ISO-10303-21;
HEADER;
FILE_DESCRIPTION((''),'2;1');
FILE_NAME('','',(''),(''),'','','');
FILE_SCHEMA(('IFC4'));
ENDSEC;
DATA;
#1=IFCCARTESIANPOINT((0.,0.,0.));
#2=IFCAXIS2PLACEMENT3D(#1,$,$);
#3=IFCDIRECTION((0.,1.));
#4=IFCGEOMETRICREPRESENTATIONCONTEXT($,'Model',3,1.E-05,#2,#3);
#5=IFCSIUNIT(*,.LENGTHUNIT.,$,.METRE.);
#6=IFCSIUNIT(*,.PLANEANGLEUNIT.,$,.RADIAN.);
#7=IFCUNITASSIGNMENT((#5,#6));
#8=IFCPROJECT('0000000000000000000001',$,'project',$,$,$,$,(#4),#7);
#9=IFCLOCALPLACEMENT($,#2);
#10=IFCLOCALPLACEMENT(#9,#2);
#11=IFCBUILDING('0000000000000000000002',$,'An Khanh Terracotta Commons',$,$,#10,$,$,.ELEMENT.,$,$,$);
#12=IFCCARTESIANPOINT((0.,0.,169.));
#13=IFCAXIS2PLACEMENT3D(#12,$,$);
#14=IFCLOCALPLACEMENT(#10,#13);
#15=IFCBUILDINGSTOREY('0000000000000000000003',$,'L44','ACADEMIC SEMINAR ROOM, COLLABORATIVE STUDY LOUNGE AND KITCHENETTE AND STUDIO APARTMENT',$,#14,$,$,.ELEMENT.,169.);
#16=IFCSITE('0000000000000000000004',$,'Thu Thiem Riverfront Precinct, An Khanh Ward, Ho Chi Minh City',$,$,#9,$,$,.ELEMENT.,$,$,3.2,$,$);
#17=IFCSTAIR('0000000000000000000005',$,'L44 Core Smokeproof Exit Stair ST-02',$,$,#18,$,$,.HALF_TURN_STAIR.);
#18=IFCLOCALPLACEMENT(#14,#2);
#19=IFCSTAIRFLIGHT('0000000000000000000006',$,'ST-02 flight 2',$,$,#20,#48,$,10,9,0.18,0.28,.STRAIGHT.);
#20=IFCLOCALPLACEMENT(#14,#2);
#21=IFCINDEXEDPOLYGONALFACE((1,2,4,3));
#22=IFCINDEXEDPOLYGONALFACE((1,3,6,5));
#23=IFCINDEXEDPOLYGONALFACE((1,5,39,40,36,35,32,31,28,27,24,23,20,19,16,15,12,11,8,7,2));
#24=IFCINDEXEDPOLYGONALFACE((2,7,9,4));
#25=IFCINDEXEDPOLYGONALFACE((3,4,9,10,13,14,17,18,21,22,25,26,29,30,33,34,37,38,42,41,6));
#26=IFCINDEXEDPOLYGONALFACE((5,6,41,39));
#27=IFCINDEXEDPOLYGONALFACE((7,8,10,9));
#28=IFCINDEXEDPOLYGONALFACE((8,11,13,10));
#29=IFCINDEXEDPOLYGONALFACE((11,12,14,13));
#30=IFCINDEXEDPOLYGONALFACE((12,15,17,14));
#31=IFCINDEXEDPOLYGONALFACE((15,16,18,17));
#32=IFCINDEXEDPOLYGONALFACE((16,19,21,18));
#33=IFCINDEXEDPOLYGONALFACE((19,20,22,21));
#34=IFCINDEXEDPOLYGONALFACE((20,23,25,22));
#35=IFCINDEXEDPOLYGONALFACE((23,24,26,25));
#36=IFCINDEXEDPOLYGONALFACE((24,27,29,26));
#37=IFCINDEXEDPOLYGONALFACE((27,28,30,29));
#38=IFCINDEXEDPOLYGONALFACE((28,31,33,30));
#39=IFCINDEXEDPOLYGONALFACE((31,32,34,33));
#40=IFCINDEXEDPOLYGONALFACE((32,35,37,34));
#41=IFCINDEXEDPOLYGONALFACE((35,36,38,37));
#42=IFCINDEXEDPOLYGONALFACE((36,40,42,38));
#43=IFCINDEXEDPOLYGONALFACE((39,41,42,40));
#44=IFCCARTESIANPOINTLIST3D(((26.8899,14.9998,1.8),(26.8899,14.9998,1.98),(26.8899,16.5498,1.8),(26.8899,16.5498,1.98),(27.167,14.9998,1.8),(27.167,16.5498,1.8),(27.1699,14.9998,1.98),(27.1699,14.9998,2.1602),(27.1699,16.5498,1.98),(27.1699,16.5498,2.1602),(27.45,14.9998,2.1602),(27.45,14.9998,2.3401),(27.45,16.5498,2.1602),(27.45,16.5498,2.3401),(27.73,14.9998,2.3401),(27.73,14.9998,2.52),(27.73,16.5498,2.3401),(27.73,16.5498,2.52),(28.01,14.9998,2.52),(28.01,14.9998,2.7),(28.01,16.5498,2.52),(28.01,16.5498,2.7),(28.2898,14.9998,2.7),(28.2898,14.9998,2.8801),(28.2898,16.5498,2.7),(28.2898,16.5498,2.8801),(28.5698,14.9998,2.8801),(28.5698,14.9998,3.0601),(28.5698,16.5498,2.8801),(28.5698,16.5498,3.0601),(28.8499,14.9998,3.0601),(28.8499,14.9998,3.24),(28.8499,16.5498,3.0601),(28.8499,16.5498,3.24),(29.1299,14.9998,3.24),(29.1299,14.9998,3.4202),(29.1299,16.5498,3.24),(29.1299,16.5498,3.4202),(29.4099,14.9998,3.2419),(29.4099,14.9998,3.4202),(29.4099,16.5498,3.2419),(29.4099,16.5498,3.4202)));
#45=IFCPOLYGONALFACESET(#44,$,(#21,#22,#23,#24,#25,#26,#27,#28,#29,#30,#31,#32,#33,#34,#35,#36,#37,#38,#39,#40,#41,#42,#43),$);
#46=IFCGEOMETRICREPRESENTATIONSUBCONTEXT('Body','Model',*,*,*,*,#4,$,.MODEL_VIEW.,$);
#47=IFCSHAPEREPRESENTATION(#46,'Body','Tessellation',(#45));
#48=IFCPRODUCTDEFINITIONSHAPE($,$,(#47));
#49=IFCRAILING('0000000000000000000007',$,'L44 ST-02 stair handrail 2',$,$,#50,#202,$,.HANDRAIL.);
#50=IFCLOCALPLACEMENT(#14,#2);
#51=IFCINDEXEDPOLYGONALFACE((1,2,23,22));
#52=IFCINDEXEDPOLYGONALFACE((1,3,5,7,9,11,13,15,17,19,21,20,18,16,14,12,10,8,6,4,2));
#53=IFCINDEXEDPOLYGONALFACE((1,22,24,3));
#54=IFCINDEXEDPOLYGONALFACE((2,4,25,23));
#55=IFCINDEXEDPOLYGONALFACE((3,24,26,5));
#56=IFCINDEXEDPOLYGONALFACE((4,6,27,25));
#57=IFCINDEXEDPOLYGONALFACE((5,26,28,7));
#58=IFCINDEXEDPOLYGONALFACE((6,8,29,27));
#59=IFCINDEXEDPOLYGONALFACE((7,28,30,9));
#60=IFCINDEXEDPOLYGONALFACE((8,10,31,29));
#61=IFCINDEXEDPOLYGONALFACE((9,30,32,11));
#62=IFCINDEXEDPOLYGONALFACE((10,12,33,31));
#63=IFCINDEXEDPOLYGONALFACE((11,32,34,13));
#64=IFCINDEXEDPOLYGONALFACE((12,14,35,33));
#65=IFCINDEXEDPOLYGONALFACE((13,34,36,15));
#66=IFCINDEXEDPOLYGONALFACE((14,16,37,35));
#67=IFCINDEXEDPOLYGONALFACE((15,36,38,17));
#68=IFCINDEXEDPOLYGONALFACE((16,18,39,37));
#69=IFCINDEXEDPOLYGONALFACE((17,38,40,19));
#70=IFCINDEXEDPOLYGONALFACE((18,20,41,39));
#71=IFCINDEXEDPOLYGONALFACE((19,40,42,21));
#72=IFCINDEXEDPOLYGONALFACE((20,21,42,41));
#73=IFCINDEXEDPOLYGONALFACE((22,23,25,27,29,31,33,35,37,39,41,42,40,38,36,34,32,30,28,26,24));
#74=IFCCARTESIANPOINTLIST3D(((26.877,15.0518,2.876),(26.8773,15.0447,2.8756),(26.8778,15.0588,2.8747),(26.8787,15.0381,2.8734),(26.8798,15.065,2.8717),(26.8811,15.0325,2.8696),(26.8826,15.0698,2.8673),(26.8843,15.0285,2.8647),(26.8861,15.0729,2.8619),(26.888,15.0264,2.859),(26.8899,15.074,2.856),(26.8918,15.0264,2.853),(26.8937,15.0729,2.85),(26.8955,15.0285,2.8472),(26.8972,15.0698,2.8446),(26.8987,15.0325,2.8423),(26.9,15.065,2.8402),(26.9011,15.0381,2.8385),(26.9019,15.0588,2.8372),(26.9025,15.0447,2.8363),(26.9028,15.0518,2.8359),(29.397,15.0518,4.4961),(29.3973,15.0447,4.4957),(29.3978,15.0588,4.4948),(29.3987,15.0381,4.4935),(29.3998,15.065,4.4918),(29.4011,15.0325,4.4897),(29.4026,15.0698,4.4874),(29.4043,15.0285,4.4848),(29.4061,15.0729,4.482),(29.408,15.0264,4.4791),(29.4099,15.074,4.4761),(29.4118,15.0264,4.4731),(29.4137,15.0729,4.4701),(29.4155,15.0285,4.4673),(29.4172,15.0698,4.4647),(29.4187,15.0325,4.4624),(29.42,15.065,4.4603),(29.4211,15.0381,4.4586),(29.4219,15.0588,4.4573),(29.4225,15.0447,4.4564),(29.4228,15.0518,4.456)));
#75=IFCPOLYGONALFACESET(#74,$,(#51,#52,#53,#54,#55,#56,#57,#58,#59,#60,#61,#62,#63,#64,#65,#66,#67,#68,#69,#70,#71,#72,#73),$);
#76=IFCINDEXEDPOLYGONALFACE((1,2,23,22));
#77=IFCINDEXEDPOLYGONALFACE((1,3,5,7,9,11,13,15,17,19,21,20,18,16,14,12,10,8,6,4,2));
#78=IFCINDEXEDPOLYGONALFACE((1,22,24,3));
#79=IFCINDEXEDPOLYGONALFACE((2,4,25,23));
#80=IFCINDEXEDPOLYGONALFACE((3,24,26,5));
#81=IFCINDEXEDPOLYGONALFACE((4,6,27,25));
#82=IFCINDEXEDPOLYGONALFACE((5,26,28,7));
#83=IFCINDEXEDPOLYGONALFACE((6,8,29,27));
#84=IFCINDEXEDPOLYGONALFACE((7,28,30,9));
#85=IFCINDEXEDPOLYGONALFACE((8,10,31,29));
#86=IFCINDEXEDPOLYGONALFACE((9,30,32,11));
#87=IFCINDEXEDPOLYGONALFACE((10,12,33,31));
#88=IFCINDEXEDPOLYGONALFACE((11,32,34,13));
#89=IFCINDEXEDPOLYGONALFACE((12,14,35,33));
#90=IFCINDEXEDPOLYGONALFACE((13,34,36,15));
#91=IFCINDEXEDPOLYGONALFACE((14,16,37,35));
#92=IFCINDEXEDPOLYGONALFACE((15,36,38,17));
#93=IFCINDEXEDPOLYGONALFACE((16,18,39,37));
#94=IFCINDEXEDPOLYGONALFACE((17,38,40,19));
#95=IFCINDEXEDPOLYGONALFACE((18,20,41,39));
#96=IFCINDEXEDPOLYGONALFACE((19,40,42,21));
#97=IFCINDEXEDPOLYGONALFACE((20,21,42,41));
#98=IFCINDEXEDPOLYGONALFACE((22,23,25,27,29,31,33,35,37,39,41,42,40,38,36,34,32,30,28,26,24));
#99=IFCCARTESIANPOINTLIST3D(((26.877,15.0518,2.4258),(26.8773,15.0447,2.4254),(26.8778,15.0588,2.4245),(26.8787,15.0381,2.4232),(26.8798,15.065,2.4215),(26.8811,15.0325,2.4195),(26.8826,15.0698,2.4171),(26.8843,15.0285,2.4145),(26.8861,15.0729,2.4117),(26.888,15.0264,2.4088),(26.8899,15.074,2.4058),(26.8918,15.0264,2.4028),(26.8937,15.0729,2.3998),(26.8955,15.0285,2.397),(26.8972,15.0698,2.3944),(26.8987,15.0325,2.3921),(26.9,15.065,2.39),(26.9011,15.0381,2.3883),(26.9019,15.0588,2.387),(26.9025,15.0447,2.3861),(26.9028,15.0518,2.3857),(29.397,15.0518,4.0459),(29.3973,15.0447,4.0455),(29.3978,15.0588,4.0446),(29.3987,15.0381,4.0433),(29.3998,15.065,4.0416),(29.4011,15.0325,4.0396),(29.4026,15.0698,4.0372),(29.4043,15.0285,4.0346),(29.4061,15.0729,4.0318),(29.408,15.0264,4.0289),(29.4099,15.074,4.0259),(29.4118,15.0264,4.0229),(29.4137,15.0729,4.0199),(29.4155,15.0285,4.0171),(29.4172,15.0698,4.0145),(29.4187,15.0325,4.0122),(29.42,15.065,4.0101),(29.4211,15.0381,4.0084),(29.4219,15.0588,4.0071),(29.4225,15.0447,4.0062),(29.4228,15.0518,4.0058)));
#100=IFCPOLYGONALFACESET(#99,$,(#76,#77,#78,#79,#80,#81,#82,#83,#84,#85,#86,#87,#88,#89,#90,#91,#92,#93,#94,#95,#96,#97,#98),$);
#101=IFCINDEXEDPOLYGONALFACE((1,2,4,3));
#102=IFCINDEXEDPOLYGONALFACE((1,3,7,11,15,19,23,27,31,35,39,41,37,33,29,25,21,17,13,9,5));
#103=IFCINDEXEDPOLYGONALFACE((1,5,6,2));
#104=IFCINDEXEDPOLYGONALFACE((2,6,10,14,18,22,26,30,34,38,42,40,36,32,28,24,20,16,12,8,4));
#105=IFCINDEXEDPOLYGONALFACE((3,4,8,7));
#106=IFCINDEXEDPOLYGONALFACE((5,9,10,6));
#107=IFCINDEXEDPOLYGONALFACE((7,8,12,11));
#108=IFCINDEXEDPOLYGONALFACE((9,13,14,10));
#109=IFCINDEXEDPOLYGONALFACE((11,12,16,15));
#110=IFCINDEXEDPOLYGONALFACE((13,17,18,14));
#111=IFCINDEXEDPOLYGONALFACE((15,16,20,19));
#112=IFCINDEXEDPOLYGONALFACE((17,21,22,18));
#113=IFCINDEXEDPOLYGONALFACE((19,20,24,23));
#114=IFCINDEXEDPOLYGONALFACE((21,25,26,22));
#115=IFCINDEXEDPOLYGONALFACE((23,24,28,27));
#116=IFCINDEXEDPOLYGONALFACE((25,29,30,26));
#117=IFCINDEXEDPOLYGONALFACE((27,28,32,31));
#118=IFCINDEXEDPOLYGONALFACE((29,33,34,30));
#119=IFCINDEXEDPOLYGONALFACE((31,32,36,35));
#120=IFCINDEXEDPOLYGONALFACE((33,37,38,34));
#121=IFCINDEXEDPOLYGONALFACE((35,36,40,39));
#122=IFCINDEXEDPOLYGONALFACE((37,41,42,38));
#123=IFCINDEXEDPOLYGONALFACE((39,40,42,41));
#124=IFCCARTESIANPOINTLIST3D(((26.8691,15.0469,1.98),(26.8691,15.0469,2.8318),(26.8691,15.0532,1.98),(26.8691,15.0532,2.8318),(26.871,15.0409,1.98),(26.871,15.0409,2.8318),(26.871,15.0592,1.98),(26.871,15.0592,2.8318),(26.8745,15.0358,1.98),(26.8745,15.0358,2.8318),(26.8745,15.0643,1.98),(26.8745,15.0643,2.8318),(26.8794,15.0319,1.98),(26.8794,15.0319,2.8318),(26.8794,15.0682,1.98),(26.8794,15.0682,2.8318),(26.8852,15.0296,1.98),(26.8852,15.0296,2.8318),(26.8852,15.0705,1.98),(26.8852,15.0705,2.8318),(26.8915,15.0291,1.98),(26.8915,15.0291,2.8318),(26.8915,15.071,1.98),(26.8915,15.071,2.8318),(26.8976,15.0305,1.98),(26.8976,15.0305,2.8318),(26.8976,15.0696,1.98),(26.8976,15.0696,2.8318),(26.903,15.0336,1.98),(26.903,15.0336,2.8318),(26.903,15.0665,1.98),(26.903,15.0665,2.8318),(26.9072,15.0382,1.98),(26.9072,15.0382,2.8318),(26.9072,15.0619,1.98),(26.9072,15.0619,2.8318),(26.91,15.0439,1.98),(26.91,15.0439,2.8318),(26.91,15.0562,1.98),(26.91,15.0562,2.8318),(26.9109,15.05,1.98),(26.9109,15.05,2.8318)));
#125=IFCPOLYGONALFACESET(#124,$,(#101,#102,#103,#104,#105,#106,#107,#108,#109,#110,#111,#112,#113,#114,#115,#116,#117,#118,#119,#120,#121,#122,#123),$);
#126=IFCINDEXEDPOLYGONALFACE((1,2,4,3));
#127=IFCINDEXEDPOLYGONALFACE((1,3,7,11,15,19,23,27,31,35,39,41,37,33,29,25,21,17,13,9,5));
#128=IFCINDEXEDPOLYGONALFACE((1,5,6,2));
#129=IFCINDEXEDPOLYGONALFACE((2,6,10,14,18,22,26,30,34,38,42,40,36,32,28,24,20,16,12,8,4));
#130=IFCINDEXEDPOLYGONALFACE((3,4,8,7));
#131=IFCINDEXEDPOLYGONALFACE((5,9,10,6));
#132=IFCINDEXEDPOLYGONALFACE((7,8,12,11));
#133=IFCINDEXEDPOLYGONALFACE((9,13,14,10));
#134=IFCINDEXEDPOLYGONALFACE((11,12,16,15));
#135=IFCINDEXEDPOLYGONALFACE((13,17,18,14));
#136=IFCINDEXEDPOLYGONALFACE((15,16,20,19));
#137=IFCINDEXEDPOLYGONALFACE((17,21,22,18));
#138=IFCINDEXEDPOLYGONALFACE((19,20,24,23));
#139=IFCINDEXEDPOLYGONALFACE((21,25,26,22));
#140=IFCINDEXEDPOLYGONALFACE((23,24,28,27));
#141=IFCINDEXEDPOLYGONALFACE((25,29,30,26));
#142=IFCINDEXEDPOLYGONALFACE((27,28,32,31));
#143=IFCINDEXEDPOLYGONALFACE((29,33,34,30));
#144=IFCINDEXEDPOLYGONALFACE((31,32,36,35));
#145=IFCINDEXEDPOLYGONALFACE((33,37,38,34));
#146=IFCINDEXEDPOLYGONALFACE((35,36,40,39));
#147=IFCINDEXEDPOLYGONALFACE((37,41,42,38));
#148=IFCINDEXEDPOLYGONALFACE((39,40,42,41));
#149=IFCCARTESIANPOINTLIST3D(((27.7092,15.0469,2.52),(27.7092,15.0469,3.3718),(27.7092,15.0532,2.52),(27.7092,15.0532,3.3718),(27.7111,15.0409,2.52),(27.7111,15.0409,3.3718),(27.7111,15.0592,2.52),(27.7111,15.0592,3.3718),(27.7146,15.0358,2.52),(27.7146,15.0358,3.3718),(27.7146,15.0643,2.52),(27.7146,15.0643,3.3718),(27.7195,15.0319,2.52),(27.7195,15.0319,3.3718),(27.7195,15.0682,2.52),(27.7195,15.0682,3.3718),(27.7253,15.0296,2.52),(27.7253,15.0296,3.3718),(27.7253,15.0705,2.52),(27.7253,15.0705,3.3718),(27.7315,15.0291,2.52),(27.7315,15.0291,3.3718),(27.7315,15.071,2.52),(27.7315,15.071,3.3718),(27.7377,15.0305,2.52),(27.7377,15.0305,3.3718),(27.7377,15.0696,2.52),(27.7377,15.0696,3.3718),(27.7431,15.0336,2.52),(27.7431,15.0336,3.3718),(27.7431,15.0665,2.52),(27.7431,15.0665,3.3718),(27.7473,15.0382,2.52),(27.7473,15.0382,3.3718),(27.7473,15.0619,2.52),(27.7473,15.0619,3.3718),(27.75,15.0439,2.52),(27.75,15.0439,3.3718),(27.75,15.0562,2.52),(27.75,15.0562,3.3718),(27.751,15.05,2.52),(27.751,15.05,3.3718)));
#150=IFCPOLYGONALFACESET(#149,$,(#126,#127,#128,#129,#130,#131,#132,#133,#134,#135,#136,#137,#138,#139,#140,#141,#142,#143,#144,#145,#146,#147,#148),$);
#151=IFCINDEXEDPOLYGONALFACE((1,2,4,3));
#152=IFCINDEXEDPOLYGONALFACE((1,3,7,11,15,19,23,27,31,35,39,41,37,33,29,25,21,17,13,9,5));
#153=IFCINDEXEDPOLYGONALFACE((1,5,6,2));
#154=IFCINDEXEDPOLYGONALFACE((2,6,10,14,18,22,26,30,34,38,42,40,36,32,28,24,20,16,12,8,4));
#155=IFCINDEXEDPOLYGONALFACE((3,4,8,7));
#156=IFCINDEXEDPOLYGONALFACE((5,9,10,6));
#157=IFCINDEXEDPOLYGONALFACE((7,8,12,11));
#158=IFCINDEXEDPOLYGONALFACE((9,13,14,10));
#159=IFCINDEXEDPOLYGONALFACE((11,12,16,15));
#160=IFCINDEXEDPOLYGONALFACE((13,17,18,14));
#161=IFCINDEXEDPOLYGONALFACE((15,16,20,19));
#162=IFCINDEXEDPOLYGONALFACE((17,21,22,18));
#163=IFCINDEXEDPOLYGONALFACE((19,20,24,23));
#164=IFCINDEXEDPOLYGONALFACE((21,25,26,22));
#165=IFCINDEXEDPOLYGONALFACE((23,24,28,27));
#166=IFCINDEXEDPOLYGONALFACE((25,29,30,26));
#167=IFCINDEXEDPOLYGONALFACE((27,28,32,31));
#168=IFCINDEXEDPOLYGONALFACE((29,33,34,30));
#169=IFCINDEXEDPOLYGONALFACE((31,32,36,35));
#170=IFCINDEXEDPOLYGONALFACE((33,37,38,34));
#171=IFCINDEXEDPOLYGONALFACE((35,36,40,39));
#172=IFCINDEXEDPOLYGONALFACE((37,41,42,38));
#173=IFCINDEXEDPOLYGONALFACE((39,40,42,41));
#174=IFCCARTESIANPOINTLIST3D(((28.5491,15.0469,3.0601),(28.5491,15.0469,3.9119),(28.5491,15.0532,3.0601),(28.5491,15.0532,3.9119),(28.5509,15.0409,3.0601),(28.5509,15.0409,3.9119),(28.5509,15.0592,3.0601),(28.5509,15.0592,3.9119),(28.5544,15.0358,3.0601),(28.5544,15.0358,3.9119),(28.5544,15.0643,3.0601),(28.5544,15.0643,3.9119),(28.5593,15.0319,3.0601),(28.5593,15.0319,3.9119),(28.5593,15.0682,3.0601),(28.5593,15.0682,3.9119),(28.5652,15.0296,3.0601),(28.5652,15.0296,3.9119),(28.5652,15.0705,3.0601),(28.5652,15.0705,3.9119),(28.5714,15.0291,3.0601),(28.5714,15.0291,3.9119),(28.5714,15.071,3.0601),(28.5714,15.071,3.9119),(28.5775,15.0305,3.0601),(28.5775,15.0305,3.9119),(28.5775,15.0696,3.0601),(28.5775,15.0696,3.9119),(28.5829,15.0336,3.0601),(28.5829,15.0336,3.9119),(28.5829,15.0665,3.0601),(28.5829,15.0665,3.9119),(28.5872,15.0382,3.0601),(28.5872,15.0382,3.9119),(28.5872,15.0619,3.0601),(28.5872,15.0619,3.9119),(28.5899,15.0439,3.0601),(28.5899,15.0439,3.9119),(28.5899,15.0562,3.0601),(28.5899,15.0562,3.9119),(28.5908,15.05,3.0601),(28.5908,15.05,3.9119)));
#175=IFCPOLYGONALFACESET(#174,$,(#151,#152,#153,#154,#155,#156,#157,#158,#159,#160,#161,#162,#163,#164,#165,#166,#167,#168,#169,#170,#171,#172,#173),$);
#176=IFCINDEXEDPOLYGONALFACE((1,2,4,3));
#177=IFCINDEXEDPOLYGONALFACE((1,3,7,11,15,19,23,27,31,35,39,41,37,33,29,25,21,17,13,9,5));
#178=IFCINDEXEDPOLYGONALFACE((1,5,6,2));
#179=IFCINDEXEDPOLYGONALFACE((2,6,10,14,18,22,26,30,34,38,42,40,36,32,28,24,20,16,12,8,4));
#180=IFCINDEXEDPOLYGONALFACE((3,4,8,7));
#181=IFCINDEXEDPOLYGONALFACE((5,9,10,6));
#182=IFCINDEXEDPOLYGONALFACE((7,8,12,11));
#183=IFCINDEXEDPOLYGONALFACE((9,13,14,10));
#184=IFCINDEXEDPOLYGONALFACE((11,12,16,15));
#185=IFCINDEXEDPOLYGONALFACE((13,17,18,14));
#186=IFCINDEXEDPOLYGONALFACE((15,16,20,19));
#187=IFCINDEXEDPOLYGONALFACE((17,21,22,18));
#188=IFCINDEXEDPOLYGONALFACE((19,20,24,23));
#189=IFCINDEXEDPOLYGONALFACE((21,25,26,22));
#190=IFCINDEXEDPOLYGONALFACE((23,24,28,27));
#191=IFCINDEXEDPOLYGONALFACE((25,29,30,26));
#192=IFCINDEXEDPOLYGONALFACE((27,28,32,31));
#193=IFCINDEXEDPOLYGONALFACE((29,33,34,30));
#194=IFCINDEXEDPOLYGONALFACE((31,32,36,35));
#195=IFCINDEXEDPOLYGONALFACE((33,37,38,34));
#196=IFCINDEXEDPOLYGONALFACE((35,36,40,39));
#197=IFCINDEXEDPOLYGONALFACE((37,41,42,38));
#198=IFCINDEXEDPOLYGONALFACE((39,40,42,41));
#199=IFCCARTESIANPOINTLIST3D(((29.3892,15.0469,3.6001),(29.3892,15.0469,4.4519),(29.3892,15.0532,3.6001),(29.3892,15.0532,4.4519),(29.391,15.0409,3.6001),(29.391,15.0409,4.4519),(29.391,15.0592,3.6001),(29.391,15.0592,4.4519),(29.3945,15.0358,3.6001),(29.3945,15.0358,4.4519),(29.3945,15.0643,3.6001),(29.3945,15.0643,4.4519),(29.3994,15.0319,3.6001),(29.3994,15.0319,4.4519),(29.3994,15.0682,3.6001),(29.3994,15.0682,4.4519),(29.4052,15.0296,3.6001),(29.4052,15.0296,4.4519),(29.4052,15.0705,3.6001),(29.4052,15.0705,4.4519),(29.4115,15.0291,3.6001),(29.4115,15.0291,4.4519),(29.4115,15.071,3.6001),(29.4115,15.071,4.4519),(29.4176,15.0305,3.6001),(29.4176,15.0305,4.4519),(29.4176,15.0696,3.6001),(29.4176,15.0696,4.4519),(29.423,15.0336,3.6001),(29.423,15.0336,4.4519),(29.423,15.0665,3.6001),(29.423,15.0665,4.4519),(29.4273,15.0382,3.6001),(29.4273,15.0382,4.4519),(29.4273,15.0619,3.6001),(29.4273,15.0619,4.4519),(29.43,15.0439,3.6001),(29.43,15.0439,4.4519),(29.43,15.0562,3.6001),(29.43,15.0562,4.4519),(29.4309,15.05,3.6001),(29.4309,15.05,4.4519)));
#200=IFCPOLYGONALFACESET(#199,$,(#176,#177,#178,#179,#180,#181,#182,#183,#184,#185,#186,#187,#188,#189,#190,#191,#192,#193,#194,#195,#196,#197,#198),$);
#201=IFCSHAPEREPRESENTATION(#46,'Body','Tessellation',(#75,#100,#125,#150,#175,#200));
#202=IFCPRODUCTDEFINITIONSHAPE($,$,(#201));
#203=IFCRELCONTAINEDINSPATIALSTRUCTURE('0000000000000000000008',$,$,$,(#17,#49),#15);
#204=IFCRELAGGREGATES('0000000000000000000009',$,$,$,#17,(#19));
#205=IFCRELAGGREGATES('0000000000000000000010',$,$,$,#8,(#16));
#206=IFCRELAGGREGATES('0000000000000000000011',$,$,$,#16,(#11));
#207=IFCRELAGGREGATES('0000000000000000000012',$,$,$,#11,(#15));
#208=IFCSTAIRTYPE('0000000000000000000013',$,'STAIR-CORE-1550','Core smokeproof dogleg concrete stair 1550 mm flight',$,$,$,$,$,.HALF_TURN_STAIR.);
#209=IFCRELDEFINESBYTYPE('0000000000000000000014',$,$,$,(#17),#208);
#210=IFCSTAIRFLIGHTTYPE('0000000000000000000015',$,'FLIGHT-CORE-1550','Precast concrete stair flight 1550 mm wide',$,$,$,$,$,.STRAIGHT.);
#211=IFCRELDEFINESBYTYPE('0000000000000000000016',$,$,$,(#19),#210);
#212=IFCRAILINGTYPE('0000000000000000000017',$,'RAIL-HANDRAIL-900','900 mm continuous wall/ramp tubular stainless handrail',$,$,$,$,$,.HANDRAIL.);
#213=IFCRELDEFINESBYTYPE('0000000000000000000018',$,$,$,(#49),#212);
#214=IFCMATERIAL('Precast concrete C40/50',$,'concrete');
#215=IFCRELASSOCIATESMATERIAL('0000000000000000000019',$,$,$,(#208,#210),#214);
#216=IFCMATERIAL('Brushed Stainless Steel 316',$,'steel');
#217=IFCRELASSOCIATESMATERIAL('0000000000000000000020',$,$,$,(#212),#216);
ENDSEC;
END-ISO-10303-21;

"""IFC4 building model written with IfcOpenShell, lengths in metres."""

from ifc_helpers import new_model, si_unit, direction, frame, origin, origin_2d, place, context, subcontext, project, spatial, polyline, circle, outline, extrude, material, type_object, element, aggregate, save


model = new_model("IFC4")

# Units and contexts
model_context = context("Model", 3, precision=1e-05, world=origin(), true_north=direction((0.0, 1.0)))
body_context = subcontext(model_context, "Body", "Model", "MODEL_VIEW")
ifc_project = project(units=[si_unit("LENGTHUNIT", "METRE"), si_unit("PLANEANGLEUNIT", "RADIAN")], contexts=[model_context])

# Site, building, storey
site_placement = place(None, origin())
site = spatial("IfcSite", under=ifc_project, at=site_placement, Name="Thu Thiem Riverfront Precinct, An Khanh Ward, Ho Chi Minh City", CompositionType="ELEMENT", RefElevation=3.2)
building_placement = place(site_placement, origin())
building = spatial("IfcBuilding", under=site, at=building_placement, Name="An Khanh Terracotta Commons", CompositionType="ELEMENT")
storey_placement = place(building_placement, frame((0.0, 0.0, 169.0)))
storey = spatial("IfcBuildingStorey", under=building, at=storey_placement, Name="L44", Description="ACADEMIC SEMINAR ROOM, COLLABORATIVE STUDY LOUNGE AND KITCHENETTE AND STUDIO APARTMENT", CompositionType="ELEMENT", Elevation=169.0)

# Stair, stair flight
ifc_material_1 = material(Name="Precast concrete C40/50", Category="concrete")
stair_type = type_object("IfcStairType", Name="STAIR-CORE-1550", Description="Core smokeproof dogleg concrete stair 1550 mm flight", PredefinedType="HALF_TURN_STAIR", material=ifc_material_1)
stair_placement = place(storey_placement, origin())
stair = element("IfcStair", 1, at=stair_placement, inside=storey, type_object=stair_type, Name="L44 Core Smokeproof Exit Stair ST-02", PredefinedType="HALF_TURN_STAIR")
stair_flight_type = type_object("IfcStairFlightType", Name="FLIGHT-CORE-1550", Description="Precast concrete stair flight 1550 mm wide", PredefinedType="STRAIGHT", material=ifc_material_1)
stair_flight_placement = place(storey_placement, frame((26.8899, 15.7749, 1.8), z_axis=(0.0, 0.0, 1.0), x_axis=(1.0, 0.0, 0.0)))
stair_flight = element("IfcStairFlight", 2, at=stair_flight_placement, type_object=stair_flight_type, Name="ST-02 flight 2", NumberOfRisers=10, NumberOfTreads=9, PredefinedType="STRAIGHT", RiserHeight=0.18, TreadLength=0.28, context=body_context, shape_type="SweptSolid", body=[
    extrude(outline(polyline([(0.0, 0.0), (0.0, 0.1799), (0.28, 0.1799), (0.28, 0.3601), (0.5601, 0.3601), (0.5601, 0.54), (0.8401, 0.54), (0.8401, 0.72), (1.1201, 0.72), (1.1201, 0.8999), (1.3999, 0.8999), (1.3999, 1.0801), (1.6799, 1.0801), (1.6799, 1.26), (1.96, 1.26), (1.96, 1.4399), (2.24, 1.4399), (2.24, 1.6201), (2.52, 1.6201), (2.52, 1.8), (2.52, 1.4419), (0.2771, 0.0), (0.0, 0.0)])), frame((0.0, 0.7749, 0.0), z_axis=(0.0, -1.0, 0.0), x_axis=(1.0, 0.0, 0.0)), (0.0, 0.0, 1.0), 1.55),
])
aggregate(stair, [stair_flight])

# Railing
ifc_material_2 = material(Name="Brushed Stainless Steel 316", Category="steel")
railing_type_1 = type_object("IfcRailingType", Name="RAIL-HANDRAIL-900", Description="900 mm continuous wall/ramp tubular stainless handrail", PredefinedType="HANDRAIL", material=ifc_material_2)
railing_1_placement = place(storey_placement, frame((26.8899, 15.05, 1.98)))
element("IfcRailing", 3, at=railing_1_placement, inside=storey, type_object=railing_type_1, Name="L44 ST-02 stair handrail 2", PredefinedType="HANDRAIL", context=body_context, shape_type="SweptSolid", body=[
    extrude(circle(Radius=0.0239, at=origin_2d()), frame((0.0, 0.0, 0.876), z_axis=(0.841163, 0.0, 0.540782), x_axis=(0.0, 1.0, 0.0)), (0.0, 0.0, 1.0), 2.9958),
    extrude(circle(Radius=0.0239, at=origin_2d()), frame((0.0, 0.0, 0.4258), z_axis=(0.841163, 0.0, 0.540782), x_axis=(0.0, 1.0, 0.0)), (0.0, 0.0, 1.0), 2.9958),
    extrude(circle(Radius=0.021, at=origin_2d()), origin(), (0.0, 0.0, 1.0), 0.8518),
    extrude(circle(Radius=0.021, at=origin_2d()), frame((0.8401, 0.0, 0.54)), (0.0, 0.0, 1.0), 0.8518),
    extrude(circle(Radius=0.021, at=origin_2d()), frame((1.6799, 0.0, 1.0801)), (0.0, 0.0, 1.0), 0.8518),
    extrude(circle(Radius=0.021, at=origin_2d()), frame((2.52, 0.0, 1.6201)), (0.0, 0.0, 1.0), 0.8518),
])

save(model, "model.ifc")
